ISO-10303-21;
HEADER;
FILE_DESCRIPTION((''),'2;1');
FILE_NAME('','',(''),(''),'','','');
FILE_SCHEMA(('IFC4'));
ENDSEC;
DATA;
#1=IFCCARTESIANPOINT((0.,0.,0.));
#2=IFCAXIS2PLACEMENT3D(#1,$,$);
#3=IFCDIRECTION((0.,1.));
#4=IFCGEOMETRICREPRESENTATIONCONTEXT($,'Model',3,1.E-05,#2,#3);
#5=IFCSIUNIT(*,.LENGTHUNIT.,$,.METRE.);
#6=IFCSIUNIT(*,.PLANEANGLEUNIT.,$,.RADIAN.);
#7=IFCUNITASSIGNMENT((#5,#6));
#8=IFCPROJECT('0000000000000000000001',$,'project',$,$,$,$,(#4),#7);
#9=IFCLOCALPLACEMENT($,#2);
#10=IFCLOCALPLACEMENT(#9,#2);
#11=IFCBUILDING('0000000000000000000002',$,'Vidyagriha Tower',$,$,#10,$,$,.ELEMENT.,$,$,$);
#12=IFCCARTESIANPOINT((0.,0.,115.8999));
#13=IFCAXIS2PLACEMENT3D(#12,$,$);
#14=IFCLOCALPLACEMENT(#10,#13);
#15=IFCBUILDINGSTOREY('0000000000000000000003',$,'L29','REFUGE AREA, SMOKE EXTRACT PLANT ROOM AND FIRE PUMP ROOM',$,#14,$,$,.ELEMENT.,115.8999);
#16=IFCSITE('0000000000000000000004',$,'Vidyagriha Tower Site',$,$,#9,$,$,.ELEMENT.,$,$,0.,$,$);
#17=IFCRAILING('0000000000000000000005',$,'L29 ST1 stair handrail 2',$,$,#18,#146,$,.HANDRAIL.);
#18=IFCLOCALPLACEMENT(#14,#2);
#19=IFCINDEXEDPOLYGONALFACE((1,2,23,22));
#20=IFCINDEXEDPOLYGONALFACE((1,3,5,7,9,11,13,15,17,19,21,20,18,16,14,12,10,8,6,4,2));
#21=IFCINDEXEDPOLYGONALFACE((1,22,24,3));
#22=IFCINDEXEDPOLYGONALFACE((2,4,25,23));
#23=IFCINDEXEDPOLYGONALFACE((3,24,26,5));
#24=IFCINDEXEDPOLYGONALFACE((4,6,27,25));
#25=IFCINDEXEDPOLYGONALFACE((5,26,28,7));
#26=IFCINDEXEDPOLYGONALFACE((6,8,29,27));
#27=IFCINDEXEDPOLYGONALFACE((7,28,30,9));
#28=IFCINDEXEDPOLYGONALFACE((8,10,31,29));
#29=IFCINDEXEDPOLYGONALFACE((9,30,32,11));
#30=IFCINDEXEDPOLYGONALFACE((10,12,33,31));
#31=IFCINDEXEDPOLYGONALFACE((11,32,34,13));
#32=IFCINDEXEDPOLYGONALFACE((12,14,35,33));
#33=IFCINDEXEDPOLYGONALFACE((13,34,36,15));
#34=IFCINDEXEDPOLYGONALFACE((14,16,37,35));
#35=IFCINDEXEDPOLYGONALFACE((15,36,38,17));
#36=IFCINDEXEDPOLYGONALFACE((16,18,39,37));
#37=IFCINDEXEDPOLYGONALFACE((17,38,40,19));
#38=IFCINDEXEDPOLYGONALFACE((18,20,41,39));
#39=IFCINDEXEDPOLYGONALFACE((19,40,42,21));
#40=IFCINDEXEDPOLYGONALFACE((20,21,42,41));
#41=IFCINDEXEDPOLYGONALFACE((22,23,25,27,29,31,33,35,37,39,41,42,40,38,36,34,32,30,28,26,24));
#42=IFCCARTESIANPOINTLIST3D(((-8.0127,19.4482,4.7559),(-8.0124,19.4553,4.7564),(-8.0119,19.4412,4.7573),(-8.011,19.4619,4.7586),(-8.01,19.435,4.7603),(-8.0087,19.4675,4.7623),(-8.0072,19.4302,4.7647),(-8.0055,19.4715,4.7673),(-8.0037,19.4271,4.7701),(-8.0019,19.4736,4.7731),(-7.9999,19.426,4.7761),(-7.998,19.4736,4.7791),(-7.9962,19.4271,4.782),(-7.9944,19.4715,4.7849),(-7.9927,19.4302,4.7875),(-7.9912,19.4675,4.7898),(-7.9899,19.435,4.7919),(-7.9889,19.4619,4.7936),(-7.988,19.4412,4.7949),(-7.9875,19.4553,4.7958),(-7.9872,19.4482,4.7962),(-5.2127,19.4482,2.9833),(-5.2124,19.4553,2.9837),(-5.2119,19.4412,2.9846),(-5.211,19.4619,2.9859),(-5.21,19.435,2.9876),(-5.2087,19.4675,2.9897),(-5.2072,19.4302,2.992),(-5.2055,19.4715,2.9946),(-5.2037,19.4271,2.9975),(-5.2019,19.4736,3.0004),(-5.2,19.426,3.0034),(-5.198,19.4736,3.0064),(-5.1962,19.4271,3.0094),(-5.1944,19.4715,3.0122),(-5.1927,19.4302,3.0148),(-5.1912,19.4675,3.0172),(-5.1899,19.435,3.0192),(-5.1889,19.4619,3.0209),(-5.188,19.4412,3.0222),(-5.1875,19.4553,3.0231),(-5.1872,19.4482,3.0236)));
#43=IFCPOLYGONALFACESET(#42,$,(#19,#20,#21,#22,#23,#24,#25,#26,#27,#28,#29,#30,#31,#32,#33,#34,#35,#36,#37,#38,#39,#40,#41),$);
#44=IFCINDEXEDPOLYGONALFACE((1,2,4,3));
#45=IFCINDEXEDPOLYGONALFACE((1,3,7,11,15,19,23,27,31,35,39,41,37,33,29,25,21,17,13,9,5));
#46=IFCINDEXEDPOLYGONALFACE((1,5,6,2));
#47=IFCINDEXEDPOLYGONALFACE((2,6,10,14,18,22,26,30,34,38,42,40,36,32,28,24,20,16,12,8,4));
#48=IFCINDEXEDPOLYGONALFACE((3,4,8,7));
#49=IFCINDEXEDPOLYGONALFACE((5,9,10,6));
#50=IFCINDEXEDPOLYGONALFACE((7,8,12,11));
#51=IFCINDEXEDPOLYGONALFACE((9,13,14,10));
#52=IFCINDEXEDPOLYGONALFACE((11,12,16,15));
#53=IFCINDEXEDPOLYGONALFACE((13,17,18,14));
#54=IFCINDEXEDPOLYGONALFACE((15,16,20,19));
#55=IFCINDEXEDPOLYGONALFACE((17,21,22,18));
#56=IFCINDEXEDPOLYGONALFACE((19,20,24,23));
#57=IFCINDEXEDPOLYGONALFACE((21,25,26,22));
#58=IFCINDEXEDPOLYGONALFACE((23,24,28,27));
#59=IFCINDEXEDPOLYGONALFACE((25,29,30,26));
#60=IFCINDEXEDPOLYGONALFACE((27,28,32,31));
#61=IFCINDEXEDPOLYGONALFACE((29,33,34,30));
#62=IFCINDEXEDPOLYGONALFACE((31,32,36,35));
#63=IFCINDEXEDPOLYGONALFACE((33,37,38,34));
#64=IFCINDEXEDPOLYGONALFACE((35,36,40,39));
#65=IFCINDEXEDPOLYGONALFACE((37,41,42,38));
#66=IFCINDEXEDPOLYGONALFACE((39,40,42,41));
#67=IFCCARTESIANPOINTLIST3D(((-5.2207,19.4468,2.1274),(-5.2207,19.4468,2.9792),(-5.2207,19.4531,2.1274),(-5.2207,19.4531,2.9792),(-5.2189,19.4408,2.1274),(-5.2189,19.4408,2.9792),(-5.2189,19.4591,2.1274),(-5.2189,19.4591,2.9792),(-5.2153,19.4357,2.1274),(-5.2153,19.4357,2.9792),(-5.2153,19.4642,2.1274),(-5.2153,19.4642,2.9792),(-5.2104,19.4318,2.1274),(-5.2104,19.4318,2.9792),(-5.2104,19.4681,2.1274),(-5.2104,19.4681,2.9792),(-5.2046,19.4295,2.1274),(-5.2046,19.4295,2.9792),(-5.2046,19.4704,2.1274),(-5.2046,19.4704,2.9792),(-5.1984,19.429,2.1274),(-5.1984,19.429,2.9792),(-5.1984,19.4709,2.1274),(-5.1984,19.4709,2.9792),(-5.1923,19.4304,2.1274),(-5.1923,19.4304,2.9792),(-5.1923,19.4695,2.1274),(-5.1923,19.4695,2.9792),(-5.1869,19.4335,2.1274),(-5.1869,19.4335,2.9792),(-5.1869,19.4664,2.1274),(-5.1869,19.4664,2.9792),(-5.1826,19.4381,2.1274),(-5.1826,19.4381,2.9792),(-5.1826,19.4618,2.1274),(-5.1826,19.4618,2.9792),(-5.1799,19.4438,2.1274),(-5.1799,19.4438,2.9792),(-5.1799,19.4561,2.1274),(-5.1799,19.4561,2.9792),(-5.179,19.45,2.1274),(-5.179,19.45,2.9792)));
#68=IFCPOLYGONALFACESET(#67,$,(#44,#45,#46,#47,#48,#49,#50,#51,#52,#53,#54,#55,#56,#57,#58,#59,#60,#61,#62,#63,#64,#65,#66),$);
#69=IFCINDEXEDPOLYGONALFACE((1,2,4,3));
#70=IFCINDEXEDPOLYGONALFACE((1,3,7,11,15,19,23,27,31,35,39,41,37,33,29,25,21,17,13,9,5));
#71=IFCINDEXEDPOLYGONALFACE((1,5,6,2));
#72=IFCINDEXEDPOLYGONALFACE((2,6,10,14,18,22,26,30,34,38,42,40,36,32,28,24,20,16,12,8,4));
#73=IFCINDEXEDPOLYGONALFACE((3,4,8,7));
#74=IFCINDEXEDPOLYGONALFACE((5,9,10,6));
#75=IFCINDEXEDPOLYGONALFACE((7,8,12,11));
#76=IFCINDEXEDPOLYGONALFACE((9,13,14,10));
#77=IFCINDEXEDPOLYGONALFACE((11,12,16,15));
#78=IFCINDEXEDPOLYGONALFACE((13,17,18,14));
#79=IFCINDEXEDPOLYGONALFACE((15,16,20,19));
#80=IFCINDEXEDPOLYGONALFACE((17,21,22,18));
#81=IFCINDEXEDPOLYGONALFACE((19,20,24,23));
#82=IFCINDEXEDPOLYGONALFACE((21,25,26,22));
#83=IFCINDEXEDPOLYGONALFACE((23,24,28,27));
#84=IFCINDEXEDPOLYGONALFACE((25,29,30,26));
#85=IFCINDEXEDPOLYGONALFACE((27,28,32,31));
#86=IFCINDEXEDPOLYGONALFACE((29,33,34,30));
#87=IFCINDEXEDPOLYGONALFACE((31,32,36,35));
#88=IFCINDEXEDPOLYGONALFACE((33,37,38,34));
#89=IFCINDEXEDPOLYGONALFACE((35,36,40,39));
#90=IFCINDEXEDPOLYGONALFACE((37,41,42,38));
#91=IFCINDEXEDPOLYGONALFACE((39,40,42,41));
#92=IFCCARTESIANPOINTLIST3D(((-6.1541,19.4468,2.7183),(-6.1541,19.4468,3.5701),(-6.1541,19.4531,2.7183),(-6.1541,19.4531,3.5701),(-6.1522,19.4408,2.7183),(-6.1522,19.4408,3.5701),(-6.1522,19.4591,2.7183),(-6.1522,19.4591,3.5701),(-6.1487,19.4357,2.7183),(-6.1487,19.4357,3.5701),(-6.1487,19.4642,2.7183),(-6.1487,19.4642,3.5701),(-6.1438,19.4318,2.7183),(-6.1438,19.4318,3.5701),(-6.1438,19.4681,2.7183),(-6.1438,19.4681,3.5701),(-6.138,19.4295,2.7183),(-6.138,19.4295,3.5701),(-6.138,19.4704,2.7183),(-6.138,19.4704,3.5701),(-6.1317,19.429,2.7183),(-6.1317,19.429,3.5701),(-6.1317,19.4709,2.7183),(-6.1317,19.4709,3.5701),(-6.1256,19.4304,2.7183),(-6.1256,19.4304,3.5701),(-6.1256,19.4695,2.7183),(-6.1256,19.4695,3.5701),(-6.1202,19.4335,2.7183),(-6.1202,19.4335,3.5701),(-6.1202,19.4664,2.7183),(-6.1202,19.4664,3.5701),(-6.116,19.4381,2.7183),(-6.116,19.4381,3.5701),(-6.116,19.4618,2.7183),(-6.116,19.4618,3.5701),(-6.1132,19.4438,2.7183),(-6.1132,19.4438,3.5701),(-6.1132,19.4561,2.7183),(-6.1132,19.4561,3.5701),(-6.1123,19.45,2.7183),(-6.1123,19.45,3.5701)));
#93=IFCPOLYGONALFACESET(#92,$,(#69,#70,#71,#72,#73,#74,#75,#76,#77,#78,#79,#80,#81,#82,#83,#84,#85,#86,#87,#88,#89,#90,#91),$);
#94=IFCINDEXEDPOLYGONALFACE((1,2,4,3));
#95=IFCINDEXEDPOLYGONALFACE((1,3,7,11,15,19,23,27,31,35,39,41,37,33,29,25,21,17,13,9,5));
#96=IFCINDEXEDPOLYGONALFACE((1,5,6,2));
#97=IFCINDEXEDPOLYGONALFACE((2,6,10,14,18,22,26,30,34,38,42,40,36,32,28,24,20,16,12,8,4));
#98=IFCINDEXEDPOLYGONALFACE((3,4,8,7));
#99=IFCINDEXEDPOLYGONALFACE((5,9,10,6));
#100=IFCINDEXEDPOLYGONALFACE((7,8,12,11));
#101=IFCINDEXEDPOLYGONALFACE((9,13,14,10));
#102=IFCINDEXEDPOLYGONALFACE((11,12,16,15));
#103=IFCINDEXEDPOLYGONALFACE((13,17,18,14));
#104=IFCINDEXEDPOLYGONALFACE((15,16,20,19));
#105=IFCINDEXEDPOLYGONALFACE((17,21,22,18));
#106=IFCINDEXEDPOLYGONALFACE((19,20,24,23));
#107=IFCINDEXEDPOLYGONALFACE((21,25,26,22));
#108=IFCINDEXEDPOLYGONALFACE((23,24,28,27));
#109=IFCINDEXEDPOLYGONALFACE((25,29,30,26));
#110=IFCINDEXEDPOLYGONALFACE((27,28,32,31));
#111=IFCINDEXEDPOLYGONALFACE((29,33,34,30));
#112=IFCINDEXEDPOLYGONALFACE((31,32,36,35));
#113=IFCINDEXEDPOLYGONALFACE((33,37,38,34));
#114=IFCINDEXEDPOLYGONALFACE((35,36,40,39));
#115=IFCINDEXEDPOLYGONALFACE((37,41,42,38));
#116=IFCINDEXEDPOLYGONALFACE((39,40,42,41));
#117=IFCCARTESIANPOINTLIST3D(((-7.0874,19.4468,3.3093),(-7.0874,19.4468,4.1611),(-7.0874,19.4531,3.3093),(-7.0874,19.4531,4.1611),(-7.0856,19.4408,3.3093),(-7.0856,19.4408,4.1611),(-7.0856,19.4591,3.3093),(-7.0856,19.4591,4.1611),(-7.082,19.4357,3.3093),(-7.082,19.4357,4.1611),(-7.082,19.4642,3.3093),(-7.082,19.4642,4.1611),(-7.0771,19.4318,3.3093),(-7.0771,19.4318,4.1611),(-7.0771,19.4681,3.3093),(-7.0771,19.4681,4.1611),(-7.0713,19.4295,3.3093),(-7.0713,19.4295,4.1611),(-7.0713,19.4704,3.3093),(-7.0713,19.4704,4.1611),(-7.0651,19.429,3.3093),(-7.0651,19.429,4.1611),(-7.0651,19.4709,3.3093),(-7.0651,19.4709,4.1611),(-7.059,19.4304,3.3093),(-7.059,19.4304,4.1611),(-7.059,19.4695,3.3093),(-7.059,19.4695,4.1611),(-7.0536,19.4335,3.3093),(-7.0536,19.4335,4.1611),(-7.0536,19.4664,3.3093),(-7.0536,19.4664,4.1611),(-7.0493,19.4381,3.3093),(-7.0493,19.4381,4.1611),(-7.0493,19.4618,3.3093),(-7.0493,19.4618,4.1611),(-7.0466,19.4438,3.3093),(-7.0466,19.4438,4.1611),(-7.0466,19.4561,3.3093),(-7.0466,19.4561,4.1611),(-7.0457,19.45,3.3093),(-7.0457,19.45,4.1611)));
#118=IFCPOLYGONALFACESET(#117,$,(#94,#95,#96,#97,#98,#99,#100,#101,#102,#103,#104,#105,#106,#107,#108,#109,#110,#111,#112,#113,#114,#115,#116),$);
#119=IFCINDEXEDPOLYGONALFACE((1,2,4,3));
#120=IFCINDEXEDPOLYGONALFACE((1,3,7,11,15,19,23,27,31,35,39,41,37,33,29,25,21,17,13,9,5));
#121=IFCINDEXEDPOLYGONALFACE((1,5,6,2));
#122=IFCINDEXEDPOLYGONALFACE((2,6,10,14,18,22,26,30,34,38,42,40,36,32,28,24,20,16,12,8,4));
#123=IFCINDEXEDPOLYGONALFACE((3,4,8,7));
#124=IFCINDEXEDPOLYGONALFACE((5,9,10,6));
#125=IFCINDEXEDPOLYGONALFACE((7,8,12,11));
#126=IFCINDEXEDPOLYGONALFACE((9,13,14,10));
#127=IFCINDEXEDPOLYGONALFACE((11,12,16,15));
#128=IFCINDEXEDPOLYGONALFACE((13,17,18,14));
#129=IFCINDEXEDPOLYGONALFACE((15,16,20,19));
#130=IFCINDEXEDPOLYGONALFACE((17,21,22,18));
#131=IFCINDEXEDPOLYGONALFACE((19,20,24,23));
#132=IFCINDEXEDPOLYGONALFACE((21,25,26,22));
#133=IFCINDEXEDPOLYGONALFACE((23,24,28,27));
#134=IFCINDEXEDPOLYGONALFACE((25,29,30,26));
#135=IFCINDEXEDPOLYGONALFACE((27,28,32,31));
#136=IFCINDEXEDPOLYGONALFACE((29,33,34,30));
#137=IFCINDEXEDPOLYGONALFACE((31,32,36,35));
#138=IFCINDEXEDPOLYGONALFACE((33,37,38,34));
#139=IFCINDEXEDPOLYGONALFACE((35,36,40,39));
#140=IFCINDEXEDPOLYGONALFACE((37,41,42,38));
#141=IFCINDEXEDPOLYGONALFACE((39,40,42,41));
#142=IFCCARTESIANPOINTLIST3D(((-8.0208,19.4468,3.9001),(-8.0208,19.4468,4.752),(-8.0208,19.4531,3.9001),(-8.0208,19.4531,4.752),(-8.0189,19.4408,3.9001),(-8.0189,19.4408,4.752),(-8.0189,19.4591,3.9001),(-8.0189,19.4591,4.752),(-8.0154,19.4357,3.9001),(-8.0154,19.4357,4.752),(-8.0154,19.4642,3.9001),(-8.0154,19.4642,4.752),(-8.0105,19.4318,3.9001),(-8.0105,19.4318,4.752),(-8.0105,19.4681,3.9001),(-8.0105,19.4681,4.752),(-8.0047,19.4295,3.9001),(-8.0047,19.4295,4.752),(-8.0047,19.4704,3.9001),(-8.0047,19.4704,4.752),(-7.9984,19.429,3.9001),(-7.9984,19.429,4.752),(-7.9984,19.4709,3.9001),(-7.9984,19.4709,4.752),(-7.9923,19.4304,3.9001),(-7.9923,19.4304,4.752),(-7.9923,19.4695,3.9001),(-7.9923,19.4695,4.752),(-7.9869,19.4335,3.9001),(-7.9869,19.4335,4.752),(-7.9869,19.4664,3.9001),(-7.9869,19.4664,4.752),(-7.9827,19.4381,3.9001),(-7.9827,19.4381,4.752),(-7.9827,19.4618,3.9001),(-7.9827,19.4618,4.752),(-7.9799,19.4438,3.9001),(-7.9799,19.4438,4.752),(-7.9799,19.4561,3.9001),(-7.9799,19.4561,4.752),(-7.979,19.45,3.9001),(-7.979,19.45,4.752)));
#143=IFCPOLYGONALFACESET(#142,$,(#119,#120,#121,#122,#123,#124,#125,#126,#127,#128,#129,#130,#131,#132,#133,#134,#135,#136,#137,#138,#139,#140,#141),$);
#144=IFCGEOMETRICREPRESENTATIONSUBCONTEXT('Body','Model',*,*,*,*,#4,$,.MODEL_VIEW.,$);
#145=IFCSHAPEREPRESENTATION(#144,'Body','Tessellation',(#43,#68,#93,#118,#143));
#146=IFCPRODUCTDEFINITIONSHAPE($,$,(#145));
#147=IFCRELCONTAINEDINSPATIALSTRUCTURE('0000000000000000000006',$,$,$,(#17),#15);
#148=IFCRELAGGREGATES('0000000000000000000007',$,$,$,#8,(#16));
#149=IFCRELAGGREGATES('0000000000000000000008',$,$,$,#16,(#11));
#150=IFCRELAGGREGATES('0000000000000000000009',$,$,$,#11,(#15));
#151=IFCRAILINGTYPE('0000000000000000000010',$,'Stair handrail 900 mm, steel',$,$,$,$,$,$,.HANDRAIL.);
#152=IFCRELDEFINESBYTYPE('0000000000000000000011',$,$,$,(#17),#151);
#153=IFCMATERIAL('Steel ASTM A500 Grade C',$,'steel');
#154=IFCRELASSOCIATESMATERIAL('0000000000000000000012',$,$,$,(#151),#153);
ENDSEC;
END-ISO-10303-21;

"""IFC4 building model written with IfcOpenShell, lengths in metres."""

from ifc_helpers import new_model, si_unit, direction, frame, origin, origin_2d, place, context, subcontext, project, spatial, circle, extrude, material, type_object, element, save


model = new_model("IFC4")

# Units and contexts
model_context = context("Model", 3, precision=1e-05, world=origin(), true_north=direction((0.0, 1.0)))
body_context = subcontext(model_context, "Body", "Model", "MODEL_VIEW")
ifc_project = project(units=[si_unit("LENGTHUNIT", "METRE"), si_unit("PLANEANGLEUNIT", "RADIAN")], contexts=[model_context])

# Site, building, storey
site_placement = place(None, origin())
site = spatial("IfcSite", under=ifc_project, at=site_placement, Name="Vidyagriha Tower Site", CompositionType="ELEMENT", RefElevation=0.0)
building_placement = place(site_placement, origin())
building = spatial("IfcBuilding", under=site, at=building_placement, Name="Vidyagriha Tower", CompositionType="ELEMENT")
storey_placement = place(building_placement, frame((0.0, 0.0, 115.8999)))
storey = spatial("IfcBuildingStorey", under=building, at=storey_placement, Name="L29", Description="REFUGE AREA, SMOKE EXTRACT PLANT ROOM AND FIRE PUMP ROOM", CompositionType="ELEMENT", Elevation=115.8999)

# Railing
ifc_material_1 = material(Name="Steel ASTM A500 Grade C", Category="steel")
railing_type_1 = type_object("IfcRailingType", Name="Stair handrail 900 mm, steel", PredefinedType="HANDRAIL", material=ifc_material_1)
railing_1_placement = place(storey_placement, frame((-5.2, 19.45, 2.1274)))
element("IfcRailing", 1, at=railing_1_placement, inside=storey, type_object=railing_type_1, Name="L29 ST1 stair handrail 2", PredefinedType="HANDRAIL", context=body_context, shape_type="SweptSolid", body=[
    extrude(circle(Radius=0.0239, at=origin_2d()), frame((0.0, 0.0, 0.876), z_axis=(-0.844909, 0.0, 0.53491), x_axis=(0.0, -1.0, 0.0)), (0.0, 0.0, 1.0), 3.314),
    extrude(circle(Radius=0.021, at=origin_2d()), origin(), (0.0, 0.0, 1.0), 0.8518),
    extrude(circle(Radius=0.021, at=origin_2d()), frame((-0.9333, 0.0, 0.5908)), (0.0, 0.0, 1.0), 0.8518),
    extrude(circle(Radius=0.021, at=origin_2d()), frame((-1.8667, 0.0, 1.1819)), (0.0, 0.0, 1.0), 0.8518),
    extrude(circle(Radius=0.021, at=origin_2d()), frame((-2.8, 0.0, 1.7727)), (0.0, 0.0, 1.0), 0.8518),
])

save(model, "model.ifc")
